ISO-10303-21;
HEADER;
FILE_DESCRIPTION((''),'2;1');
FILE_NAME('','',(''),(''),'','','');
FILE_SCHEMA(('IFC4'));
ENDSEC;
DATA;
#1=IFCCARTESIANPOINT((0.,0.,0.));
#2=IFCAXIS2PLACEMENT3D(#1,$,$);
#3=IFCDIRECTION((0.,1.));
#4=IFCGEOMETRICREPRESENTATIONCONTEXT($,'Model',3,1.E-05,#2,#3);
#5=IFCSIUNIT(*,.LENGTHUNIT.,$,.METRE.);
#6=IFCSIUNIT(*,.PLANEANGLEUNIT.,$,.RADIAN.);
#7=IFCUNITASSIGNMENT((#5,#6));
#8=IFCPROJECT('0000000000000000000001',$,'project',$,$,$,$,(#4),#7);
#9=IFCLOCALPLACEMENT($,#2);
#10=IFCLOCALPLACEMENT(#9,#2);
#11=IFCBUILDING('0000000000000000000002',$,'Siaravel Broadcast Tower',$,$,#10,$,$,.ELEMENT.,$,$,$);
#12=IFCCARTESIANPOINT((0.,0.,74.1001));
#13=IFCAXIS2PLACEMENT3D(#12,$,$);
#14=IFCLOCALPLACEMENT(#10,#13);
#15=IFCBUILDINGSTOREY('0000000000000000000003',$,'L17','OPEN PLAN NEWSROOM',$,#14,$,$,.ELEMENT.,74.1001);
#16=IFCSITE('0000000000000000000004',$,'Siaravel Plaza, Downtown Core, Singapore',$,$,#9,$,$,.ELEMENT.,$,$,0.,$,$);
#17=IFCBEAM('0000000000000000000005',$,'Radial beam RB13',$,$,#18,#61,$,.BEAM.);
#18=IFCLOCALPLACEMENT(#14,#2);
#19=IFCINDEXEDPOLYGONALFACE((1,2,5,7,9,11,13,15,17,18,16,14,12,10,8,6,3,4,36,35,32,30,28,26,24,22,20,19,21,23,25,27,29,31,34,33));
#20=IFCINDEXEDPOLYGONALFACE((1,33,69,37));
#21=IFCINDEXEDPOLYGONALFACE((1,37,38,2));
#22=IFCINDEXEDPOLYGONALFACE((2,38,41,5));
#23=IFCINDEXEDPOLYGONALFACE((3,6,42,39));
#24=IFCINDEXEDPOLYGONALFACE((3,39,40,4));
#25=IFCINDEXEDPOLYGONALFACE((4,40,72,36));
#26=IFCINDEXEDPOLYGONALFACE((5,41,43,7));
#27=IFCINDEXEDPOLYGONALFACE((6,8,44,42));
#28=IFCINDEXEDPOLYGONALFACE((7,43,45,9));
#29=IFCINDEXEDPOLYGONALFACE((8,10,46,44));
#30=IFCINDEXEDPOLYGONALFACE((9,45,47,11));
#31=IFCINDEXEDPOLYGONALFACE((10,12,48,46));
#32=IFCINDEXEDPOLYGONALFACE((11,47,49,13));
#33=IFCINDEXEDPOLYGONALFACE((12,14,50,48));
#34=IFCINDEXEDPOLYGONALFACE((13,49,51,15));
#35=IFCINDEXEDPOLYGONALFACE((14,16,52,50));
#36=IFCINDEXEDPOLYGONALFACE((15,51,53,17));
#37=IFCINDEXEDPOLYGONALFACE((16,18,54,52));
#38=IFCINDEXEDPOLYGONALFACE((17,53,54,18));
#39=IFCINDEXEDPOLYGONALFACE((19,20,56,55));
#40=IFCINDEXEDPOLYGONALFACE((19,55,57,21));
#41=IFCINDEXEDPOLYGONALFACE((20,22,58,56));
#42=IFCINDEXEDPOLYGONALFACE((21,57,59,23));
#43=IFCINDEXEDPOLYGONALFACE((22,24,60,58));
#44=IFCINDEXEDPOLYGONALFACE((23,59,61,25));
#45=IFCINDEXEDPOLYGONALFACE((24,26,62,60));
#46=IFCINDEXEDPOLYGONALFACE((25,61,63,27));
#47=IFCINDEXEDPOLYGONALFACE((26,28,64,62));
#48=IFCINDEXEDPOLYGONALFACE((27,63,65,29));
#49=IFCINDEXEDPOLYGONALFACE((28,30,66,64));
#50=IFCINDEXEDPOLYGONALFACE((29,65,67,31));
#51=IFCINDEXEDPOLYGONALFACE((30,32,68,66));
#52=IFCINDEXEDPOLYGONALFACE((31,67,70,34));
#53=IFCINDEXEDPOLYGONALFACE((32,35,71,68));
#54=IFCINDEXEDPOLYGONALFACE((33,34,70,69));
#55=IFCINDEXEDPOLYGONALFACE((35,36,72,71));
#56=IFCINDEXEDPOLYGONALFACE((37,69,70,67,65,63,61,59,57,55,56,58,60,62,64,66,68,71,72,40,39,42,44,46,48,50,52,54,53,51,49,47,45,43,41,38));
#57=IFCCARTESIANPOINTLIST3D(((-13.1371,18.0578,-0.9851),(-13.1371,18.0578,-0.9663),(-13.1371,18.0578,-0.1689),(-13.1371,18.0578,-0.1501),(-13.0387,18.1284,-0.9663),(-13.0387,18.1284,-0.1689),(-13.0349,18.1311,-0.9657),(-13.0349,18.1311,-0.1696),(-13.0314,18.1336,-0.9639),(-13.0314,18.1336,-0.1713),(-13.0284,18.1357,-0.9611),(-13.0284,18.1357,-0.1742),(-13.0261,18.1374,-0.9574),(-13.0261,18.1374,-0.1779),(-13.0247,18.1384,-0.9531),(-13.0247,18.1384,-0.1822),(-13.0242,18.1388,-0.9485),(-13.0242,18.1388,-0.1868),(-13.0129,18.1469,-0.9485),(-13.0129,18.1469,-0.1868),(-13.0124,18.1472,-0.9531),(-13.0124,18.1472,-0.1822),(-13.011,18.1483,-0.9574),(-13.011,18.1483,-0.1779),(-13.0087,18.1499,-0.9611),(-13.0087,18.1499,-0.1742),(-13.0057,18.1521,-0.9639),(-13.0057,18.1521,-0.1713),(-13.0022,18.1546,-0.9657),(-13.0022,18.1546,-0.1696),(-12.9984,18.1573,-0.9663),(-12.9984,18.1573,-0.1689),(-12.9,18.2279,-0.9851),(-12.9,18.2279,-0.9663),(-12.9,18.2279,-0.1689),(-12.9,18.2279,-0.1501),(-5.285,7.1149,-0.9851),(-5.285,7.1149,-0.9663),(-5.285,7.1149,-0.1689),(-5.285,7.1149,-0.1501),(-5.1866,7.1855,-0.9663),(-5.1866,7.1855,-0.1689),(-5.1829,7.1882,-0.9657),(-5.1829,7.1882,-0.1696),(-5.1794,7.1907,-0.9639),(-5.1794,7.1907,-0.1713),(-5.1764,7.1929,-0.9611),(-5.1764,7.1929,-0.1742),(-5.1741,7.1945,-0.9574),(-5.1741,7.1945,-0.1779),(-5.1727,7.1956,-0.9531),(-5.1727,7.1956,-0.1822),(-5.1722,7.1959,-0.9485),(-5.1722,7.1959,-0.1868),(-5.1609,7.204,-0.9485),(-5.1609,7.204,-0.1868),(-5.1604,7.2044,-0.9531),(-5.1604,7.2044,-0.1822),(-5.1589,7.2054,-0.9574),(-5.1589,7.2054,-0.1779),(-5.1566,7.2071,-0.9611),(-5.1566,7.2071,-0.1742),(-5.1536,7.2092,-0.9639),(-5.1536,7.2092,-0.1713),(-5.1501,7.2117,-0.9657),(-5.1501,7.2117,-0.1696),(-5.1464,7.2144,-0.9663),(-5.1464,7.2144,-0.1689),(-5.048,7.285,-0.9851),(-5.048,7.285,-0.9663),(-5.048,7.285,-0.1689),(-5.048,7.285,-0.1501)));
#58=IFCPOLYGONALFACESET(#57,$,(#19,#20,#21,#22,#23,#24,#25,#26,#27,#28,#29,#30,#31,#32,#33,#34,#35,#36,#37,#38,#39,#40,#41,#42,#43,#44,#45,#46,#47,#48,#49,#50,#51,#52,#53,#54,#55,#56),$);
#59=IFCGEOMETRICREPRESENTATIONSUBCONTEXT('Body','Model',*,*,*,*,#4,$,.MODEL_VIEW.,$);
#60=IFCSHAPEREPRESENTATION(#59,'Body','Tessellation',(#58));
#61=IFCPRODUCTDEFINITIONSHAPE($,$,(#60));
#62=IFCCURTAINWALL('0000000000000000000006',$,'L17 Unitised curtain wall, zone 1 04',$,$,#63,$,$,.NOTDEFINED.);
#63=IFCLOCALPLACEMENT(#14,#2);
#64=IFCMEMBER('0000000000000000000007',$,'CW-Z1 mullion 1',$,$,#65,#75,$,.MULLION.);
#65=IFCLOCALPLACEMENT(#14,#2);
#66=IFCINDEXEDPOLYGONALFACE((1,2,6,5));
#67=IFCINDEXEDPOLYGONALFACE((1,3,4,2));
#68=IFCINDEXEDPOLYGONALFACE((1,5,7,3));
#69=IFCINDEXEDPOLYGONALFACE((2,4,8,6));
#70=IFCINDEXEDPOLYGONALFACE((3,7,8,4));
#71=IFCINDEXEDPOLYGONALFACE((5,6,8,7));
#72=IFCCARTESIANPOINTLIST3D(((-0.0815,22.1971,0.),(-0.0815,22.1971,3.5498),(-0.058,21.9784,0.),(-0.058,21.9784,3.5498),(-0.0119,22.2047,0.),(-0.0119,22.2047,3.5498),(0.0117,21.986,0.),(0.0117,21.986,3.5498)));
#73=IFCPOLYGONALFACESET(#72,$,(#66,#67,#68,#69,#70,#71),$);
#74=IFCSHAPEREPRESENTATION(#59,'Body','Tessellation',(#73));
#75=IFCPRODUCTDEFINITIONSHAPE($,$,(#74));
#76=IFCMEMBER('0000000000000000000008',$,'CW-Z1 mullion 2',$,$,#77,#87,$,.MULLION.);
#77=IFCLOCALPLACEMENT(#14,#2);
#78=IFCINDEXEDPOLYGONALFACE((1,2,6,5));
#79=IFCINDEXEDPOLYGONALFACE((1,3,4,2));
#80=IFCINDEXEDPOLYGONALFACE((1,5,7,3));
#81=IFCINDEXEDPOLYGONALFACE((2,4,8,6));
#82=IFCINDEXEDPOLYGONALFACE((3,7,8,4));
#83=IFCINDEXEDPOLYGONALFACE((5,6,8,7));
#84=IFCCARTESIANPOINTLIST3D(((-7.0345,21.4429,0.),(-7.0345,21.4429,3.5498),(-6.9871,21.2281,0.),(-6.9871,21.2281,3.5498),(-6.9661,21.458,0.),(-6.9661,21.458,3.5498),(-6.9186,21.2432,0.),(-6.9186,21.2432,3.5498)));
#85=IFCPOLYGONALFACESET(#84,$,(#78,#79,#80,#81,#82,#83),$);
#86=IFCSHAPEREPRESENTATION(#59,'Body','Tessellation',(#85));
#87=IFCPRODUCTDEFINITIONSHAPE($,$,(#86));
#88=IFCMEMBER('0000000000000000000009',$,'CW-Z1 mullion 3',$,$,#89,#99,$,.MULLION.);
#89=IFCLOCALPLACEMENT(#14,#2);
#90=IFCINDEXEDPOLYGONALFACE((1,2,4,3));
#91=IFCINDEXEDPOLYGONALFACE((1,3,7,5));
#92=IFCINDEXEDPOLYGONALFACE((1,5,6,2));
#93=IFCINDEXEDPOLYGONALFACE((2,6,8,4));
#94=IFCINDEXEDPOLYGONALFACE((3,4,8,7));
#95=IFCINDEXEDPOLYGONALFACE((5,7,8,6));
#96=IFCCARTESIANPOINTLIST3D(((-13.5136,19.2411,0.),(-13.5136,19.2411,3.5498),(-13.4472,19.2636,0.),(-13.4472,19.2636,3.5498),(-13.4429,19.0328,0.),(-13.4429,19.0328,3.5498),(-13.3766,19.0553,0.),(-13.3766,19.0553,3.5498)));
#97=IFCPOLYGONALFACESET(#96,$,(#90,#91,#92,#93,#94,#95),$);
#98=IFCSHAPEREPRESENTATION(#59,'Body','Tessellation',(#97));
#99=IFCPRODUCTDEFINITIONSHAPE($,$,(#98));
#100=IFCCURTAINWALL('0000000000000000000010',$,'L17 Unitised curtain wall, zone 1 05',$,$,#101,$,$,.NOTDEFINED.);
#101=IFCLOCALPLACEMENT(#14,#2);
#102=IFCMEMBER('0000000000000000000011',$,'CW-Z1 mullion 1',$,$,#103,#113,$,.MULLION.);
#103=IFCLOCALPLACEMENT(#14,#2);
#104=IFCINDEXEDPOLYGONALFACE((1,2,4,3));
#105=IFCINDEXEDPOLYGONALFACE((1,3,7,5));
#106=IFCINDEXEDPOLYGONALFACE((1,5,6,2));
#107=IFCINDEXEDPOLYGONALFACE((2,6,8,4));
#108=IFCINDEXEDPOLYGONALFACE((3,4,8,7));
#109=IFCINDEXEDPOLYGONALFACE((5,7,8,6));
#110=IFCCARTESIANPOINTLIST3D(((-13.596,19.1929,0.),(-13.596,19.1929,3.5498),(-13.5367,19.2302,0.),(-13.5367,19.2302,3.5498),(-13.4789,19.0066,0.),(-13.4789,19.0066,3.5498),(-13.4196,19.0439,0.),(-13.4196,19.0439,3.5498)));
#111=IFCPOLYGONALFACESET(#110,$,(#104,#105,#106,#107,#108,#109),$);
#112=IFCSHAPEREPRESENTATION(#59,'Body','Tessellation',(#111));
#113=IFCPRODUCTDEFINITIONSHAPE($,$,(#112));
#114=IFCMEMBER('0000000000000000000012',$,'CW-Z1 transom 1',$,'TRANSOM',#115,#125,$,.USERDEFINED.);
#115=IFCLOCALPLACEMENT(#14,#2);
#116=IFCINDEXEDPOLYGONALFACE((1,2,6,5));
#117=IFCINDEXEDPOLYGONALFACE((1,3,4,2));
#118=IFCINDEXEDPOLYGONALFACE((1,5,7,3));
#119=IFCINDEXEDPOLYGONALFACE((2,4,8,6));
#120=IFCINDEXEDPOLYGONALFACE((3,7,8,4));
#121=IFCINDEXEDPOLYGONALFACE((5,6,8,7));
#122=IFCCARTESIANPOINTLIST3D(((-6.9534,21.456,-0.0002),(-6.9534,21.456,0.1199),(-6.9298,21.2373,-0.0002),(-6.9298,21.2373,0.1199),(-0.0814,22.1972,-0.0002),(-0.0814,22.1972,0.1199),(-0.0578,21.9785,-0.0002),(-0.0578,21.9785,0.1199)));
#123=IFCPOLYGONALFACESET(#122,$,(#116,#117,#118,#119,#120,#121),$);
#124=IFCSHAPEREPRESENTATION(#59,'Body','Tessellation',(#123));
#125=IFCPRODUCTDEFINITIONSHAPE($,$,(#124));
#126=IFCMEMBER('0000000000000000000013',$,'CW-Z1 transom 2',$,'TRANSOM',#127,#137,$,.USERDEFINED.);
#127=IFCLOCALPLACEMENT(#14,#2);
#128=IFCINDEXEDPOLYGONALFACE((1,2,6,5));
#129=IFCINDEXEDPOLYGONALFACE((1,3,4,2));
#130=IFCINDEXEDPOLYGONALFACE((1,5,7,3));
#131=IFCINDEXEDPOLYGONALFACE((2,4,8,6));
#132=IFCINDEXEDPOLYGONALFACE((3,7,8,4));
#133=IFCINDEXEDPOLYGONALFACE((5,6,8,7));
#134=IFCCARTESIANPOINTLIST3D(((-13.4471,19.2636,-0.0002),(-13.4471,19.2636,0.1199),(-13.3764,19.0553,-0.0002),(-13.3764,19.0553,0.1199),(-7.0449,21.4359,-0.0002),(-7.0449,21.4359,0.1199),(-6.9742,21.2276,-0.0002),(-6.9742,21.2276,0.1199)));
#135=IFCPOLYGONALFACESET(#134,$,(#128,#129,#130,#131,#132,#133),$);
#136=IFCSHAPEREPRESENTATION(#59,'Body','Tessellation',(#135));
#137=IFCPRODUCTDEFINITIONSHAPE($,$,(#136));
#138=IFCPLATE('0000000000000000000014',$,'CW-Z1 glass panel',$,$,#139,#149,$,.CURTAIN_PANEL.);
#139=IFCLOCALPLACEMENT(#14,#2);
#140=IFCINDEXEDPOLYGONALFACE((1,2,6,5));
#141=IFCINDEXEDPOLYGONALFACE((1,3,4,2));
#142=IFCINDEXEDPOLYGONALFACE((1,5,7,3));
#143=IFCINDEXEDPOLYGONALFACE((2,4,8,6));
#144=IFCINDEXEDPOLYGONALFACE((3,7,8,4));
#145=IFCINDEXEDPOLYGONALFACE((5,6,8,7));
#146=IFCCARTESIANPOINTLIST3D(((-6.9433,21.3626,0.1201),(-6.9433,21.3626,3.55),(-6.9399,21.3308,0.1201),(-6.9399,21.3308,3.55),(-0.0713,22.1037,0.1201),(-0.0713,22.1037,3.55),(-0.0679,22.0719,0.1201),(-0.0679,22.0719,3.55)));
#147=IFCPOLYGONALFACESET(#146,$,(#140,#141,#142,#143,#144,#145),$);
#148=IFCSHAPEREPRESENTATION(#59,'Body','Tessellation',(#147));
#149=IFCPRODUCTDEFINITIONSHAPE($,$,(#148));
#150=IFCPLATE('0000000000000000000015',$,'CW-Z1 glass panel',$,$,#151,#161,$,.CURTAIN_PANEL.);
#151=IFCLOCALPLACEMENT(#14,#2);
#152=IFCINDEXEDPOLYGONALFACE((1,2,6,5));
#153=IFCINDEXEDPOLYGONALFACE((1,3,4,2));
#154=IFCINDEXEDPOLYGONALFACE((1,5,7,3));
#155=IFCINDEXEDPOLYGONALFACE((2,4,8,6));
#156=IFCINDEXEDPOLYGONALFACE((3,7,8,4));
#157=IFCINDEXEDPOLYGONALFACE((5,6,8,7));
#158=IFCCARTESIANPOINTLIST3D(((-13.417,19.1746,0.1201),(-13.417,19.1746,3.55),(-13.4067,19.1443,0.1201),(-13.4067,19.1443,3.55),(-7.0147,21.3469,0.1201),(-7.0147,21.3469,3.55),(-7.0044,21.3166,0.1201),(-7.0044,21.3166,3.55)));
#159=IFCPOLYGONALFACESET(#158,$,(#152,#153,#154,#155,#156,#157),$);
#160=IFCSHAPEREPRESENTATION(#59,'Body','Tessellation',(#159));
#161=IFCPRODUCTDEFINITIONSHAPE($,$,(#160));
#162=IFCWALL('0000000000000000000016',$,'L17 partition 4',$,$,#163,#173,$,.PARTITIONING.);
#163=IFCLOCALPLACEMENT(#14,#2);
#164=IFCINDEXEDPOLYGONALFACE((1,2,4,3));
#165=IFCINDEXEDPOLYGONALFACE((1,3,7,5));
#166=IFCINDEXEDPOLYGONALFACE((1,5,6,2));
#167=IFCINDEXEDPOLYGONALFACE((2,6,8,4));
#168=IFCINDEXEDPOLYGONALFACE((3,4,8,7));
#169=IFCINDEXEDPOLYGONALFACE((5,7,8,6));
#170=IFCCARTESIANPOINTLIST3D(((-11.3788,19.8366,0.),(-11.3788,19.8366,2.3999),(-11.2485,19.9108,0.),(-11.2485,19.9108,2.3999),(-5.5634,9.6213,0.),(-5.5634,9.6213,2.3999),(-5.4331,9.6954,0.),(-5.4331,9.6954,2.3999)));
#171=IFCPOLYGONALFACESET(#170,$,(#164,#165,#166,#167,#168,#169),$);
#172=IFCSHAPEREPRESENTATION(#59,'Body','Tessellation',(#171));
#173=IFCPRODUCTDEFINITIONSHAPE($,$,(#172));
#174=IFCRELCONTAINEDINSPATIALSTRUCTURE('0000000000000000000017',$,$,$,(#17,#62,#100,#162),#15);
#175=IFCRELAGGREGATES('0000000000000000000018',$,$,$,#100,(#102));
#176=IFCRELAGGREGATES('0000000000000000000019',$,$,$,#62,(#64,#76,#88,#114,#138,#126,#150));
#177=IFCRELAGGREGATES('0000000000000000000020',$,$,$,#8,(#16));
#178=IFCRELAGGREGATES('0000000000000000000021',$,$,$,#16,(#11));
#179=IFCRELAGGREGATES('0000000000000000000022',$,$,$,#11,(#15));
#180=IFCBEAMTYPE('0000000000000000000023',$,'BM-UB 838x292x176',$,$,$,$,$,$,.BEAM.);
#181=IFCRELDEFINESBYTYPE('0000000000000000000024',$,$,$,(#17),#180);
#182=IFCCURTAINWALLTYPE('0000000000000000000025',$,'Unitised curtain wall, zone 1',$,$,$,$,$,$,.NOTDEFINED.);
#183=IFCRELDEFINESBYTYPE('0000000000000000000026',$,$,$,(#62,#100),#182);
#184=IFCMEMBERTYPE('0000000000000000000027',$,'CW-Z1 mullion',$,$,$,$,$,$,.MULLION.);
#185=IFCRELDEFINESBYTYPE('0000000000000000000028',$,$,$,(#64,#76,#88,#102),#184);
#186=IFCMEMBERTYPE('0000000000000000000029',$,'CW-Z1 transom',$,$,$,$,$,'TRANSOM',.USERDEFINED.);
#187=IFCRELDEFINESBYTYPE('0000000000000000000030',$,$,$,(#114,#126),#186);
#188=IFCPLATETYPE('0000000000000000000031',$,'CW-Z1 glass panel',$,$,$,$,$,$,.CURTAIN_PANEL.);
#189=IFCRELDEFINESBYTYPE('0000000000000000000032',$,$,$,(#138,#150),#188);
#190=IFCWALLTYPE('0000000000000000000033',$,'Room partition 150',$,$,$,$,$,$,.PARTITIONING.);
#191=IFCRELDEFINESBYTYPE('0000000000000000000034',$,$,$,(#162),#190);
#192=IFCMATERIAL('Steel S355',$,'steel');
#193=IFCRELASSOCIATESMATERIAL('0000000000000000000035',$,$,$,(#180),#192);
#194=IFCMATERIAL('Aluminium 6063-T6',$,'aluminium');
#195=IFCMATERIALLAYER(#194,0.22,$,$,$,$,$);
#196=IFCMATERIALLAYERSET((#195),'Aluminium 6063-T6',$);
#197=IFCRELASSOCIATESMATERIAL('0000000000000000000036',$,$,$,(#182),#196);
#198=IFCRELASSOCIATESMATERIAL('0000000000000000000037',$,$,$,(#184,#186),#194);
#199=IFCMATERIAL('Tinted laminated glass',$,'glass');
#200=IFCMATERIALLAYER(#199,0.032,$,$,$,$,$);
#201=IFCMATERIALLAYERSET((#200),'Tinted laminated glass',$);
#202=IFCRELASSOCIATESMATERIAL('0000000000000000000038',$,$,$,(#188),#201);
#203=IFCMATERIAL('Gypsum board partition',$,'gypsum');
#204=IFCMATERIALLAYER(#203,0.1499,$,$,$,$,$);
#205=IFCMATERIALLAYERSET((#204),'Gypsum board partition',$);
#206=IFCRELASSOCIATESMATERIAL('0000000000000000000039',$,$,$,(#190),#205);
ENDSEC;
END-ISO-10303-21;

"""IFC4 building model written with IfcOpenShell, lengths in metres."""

from ifc_helpers import new_model, si_unit, direction, frame, frame_2d, origin, origin_2d, place, context, subcontext, project, spatial, rectangle, i_section, extrude, material, layer, layer_set, material_profile, profile_set, type_object, element, aggregate, save


model = new_model("IFC4")

# Units and contexts
model_context = context("Model", 3, precision=1e-05, world=origin(), true_north=direction((0.0, 1.0)))
body_context = subcontext(model_context, "Body", "Model", "MODEL_VIEW")
ifc_project = project(units=[si_unit("LENGTHUNIT", "METRE"), si_unit("PLANEANGLEUNIT", "RADIAN")], contexts=[model_context])

# Site, building, storey
site_placement = place(None, origin())
site = spatial("IfcSite", under=ifc_project, at=site_placement, Name="Siaravel Plaza, Downtown Core, Singapore", CompositionType="ELEMENT", RefElevation=0.0)
building_placement = place(site_placement, origin())
building = spatial("IfcBuilding", under=site, at=building_placement, Name="Siaravel Broadcast Tower", CompositionType="ELEMENT")
storey_placement = place(building_placement, frame((0.0, 0.0, 74.1001)))
storey = spatial("IfcBuildingStorey", under=building, at=storey_placement, Name="L17", Description="OPEN PLAN NEWSROOM", CompositionType="ELEMENT", Elevation=74.1001)

# Beam
ifc_material_1 = material(Name="Steel S355", Category="steel")
ifc_material_profile_1 = material_profile(ifc_material_1, i_section(OverallWidth=0.2917, OverallDepth=0.835, WebThickness=0.0139, FlangeThickness=0.0188, FilletRadius=0.0178, at=origin_2d()))
ifc_profile_set_1 = profile_set([ifc_material_profile_1], Name="Steel S355")
beam_type = type_object("IfcBeamType", Name="BM-UB 838x292x176", PredefinedType="BEAM", material=ifc_profile_set_1)
beam_1_placement = place(storey_placement, frame((-13.0186, 18.1428, -0.5676), z_axis=(0.582993, -0.812477, 0.0), x_axis=(0.812477, 0.582993, 0.0)))
element("IfcBeam", 1, at=beam_1_placement, inside=storey, type_object=beam_type, Name="Radial beam RB13", PredefinedType="BEAM", context=body_context, shape_type="SweptSolid", body=[
    extrude(i_section(OverallWidth=0.2917, OverallDepth=0.835, WebThickness=0.0139, FlangeThickness=0.0188, FilletRadius=0.0178, at=origin_2d()), origin(), (0.0, 0.0, 1.0), 13.4685),
])

# Curtain wall, members
ifc_material_2 = material(Name="Aluminium 6063-T6", Category="aluminium")
ifc_layer_1 = layer(ifc_material_2, 0.22)
ifc_layer_set_1 = layer_set([ifc_layer_1], Name="Aluminium 6063-T6")
curtain_wall_type = type_object("IfcCurtainWallType", Name="Unitised curtain wall, zone 1", PredefinedType="NOTDEFINED", material=ifc_layer_set_1)
curtain_wall_1_placement = place(storey_placement, origin())
curtain_wall_1 = element("IfcCurtainWall", 2, at=curtain_wall_1_placement, inside=storey, type_object=curtain_wall_type, Name="L17 Unitised curtain wall, zone 1 04", PredefinedType="NOTDEFINED")
ifc_material_profile_2 = material_profile(ifc_material_2, rectangle(XDim=0.22, YDim=0.0701, at=origin_2d()))
ifc_profile_set_2 = profile_set([ifc_material_profile_2], Name="Aluminium 6063-T6")
member_type_1 = type_object("IfcMemberType", Name="CW-Z1 mullion", PredefinedType="MULLION", material=ifc_profile_set_2)
member_1_placement = place(storey_placement, frame((-0.0349, 22.0916, 0.0), z_axis=(0.0, 0.0, 1.0), x_axis=(0.107218, -0.994236, 0.0)))
member_1 = element("IfcMember", 3, at=member_1_placement, type_object=member_type_1, Name="CW-Z1 mullion 1", PredefinedType="MULLION", context=body_context, shape_type="SweptSolid", body=[
    extrude(rectangle(XDim=0.22, YDim=0.0701, at=origin_2d()), origin(), (0.0, 0.0, 1.0), 3.5498),
])
member_2_placement = place(storey_placement, frame((-6.9766, 21.343, 0.0), z_axis=(0.0, 0.0, 1.0), x_axis=(0.215558, -0.976491, 0.0)))
member_2 = element("IfcMember", 4, at=member_2_placement, type_object=member_type_1, Name="CW-Z1 mullion 2", PredefinedType="MULLION", context=body_context, shape_type="SweptSolid", body=[
    extrude(rectangle(XDim=0.22, YDim=0.0701, at=origin_2d()), origin(), (0.0, 0.0, 1.0), 3.5498),
])
member_3_placement = place(storey_placement, frame((-13.4451, 19.1482, 0.0), z_axis=(0.0, 0.0, 1.0), x_axis=(0.321301, -0.946977, 0.0)))
member_3 = element("IfcMember", 5, at=member_3_placement, type_object=member_type_1, Name="CW-Z1 mullion 3", PredefinedType="MULLION", context=body_context, shape_type="SweptSolid", body=[
    extrude(rectangle(XDim=0.22, YDim=0.0701, at=origin_2d()), origin(), (0.0, 0.0, 1.0), 3.5498),
])

# Curtain wall, member
curtain_wall_2_placement = place(storey_placement, origin())
curtain_wall_2 = element("IfcCurtainWall", 6, at=curtain_wall_2_placement, inside=storey, type_object=curtain_wall_type, Name="L17 Unitised curtain wall, zone 1 05", PredefinedType="NOTDEFINED")
member_4_placement = place(storey_placement, frame((-13.5078, 19.1184, 0.0), z_axis=(0.0, 0.0, 1.0), x_axis=(0.53215, -0.84665, 0.0)))
member_4 = element("IfcMember", 7, at=member_4_placement, type_object=member_type_1, Name="CW-Z1 mullion 1", PredefinedType="MULLION", context=body_context, shape_type="SweptSolid", body=[
    extrude(rectangle(XDim=0.22, YDim=0.0701, at=origin_2d()), origin(), (0.0, 0.0, 1.0), 3.5498),
])
aggregate(curtain_wall_2, [member_4])

# Members
ifc_material_profile_3 = material_profile(ifc_material_2, rectangle(XDim=0.22, YDim=0.1201, at=origin_2d()))
ifc_profile_set_3 = profile_set([ifc_material_profile_3], Name="Aluminium 6063-T6")
member_type_2 = type_object("IfcMemberType", Name="CW-Z1 transom", ElementType="TRANSOM", PredefinedType="USERDEFINED", material=ifc_profile_set_3)
member_5_placement = place(storey_placement, frame((-0.0696, 22.0879, 0.0598), z_axis=(-0.994234, -0.107237, 0.0), x_axis=(0.107237, -0.994234, 0.0)))
member_5 = element("IfcMember", 8, at=member_5_placement, type_object=member_type_2, Name="CW-Z1 transom 1", ObjectType="TRANSOM", PredefinedType="USERDEFINED", context=body_context, shape_type="SweptSolid", body=[
    extrude(rectangle(XDim=0.22, YDim=0.1201, at=origin_2d()), origin(), (0.0, 0.0, 1.0), 6.9119),
])
member_6_placement = place(storey_placement, frame((-7.0095, 21.3318, 0.0598), z_axis=(-0.946972, -0.321315, 0.0), x_axis=(0.321315, -0.946972, 0.0)))
member_6 = element("IfcMember", 9, at=member_6_placement, type_object=member_type_2, Name="CW-Z1 transom 2", ObjectType="TRANSOM", PredefinedType="USERDEFINED", context=body_context, shape_type="SweptSolid", body=[
    extrude(rectangle(XDim=0.22, YDim=0.1201, at=origin_2d()), origin(), (0.0, 0.0, 1.0), 6.7607),
])

# Plates
ifc_material_3 = material(Name="Tinted laminated glass", Category="glass")
ifc_layer_2 = layer(ifc_material_3, 0.032)
ifc_layer_set_2 = layer_set([ifc_layer_2], Name="Tinted laminated glass")
plate_type = type_object("IfcPlateType", Name="CW-Z1 glass panel", PredefinedType="CURTAIN_PANEL", material=ifc_layer_set_2)
plate_1_placement = place(storey_placement, frame((-3.5056, 21.7173, 0.1201), z_axis=(0.0, 0.0, 1.0), x_axis=(-0.994236, -0.107218, 0.0)))
plate_1 = element("IfcPlate", 10, at=plate_1_placement, type_object=plate_type, Name="CW-Z1 glass panel", PredefinedType="CURTAIN_PANEL", context=body_context, shape_type="SweptSolid", body=[
    extrude(rectangle(XDim=6.9119, YDim=0.032, at=origin_2d()), origin(), (0.0, 0.0, 1.0), 3.4299),
])
plate_2_placement = place(storey_placement, frame((-10.2107, 20.2456, 0.1201), z_axis=(0.0, 0.0, 1.0), x_axis=(-0.946977, -0.321301, 0.0)))
plate_2 = element("IfcPlate", 11, at=plate_2_placement, type_object=plate_type, Name="CW-Z1 glass panel", PredefinedType="CURTAIN_PANEL", context=body_context, shape_type="SweptSolid", body=[
    extrude(rectangle(XDim=6.7607, YDim=0.032, at=origin_2d()), origin(), (0.0, 0.0, 1.0), 3.4299),
])
aggregate(curtain_wall_1, [member_1, member_2, member_3, member_5, plate_1, member_6, plate_2])

# Wall
ifc_material_4 = material(Name="Gypsum board partition", Category="gypsum")
ifc_layer_3 = layer(ifc_material_4, 0.1499)
ifc_layer_set_3 = layer_set([ifc_layer_3], Name="Gypsum board partition")
wall_type = type_object("IfcWallType", Name="Room partition 150", PredefinedType="PARTITIONING", material=ifc_layer_set_3)
wall_placement = place(storey_placement, frame((-11.3137, 19.8738, 0.0), z_axis=(0.0, 0.0, 1.0), x_axis=(0.494734, -0.869045, 0.0)))
element("IfcWall", 12, at=wall_placement, inside=storey, type_object=wall_type, Name="L17 partition 4", PredefinedType="PARTITIONING", context=body_context, shape_type="SweptSolid", body=[
    extrude(rectangle(XDim=11.7546, YDim=0.1499, at=frame_2d((5.8774, 0.0))), origin(), (0.0, 0.0, 1.0), 2.3999),
])

save(model, "model.ifc")
